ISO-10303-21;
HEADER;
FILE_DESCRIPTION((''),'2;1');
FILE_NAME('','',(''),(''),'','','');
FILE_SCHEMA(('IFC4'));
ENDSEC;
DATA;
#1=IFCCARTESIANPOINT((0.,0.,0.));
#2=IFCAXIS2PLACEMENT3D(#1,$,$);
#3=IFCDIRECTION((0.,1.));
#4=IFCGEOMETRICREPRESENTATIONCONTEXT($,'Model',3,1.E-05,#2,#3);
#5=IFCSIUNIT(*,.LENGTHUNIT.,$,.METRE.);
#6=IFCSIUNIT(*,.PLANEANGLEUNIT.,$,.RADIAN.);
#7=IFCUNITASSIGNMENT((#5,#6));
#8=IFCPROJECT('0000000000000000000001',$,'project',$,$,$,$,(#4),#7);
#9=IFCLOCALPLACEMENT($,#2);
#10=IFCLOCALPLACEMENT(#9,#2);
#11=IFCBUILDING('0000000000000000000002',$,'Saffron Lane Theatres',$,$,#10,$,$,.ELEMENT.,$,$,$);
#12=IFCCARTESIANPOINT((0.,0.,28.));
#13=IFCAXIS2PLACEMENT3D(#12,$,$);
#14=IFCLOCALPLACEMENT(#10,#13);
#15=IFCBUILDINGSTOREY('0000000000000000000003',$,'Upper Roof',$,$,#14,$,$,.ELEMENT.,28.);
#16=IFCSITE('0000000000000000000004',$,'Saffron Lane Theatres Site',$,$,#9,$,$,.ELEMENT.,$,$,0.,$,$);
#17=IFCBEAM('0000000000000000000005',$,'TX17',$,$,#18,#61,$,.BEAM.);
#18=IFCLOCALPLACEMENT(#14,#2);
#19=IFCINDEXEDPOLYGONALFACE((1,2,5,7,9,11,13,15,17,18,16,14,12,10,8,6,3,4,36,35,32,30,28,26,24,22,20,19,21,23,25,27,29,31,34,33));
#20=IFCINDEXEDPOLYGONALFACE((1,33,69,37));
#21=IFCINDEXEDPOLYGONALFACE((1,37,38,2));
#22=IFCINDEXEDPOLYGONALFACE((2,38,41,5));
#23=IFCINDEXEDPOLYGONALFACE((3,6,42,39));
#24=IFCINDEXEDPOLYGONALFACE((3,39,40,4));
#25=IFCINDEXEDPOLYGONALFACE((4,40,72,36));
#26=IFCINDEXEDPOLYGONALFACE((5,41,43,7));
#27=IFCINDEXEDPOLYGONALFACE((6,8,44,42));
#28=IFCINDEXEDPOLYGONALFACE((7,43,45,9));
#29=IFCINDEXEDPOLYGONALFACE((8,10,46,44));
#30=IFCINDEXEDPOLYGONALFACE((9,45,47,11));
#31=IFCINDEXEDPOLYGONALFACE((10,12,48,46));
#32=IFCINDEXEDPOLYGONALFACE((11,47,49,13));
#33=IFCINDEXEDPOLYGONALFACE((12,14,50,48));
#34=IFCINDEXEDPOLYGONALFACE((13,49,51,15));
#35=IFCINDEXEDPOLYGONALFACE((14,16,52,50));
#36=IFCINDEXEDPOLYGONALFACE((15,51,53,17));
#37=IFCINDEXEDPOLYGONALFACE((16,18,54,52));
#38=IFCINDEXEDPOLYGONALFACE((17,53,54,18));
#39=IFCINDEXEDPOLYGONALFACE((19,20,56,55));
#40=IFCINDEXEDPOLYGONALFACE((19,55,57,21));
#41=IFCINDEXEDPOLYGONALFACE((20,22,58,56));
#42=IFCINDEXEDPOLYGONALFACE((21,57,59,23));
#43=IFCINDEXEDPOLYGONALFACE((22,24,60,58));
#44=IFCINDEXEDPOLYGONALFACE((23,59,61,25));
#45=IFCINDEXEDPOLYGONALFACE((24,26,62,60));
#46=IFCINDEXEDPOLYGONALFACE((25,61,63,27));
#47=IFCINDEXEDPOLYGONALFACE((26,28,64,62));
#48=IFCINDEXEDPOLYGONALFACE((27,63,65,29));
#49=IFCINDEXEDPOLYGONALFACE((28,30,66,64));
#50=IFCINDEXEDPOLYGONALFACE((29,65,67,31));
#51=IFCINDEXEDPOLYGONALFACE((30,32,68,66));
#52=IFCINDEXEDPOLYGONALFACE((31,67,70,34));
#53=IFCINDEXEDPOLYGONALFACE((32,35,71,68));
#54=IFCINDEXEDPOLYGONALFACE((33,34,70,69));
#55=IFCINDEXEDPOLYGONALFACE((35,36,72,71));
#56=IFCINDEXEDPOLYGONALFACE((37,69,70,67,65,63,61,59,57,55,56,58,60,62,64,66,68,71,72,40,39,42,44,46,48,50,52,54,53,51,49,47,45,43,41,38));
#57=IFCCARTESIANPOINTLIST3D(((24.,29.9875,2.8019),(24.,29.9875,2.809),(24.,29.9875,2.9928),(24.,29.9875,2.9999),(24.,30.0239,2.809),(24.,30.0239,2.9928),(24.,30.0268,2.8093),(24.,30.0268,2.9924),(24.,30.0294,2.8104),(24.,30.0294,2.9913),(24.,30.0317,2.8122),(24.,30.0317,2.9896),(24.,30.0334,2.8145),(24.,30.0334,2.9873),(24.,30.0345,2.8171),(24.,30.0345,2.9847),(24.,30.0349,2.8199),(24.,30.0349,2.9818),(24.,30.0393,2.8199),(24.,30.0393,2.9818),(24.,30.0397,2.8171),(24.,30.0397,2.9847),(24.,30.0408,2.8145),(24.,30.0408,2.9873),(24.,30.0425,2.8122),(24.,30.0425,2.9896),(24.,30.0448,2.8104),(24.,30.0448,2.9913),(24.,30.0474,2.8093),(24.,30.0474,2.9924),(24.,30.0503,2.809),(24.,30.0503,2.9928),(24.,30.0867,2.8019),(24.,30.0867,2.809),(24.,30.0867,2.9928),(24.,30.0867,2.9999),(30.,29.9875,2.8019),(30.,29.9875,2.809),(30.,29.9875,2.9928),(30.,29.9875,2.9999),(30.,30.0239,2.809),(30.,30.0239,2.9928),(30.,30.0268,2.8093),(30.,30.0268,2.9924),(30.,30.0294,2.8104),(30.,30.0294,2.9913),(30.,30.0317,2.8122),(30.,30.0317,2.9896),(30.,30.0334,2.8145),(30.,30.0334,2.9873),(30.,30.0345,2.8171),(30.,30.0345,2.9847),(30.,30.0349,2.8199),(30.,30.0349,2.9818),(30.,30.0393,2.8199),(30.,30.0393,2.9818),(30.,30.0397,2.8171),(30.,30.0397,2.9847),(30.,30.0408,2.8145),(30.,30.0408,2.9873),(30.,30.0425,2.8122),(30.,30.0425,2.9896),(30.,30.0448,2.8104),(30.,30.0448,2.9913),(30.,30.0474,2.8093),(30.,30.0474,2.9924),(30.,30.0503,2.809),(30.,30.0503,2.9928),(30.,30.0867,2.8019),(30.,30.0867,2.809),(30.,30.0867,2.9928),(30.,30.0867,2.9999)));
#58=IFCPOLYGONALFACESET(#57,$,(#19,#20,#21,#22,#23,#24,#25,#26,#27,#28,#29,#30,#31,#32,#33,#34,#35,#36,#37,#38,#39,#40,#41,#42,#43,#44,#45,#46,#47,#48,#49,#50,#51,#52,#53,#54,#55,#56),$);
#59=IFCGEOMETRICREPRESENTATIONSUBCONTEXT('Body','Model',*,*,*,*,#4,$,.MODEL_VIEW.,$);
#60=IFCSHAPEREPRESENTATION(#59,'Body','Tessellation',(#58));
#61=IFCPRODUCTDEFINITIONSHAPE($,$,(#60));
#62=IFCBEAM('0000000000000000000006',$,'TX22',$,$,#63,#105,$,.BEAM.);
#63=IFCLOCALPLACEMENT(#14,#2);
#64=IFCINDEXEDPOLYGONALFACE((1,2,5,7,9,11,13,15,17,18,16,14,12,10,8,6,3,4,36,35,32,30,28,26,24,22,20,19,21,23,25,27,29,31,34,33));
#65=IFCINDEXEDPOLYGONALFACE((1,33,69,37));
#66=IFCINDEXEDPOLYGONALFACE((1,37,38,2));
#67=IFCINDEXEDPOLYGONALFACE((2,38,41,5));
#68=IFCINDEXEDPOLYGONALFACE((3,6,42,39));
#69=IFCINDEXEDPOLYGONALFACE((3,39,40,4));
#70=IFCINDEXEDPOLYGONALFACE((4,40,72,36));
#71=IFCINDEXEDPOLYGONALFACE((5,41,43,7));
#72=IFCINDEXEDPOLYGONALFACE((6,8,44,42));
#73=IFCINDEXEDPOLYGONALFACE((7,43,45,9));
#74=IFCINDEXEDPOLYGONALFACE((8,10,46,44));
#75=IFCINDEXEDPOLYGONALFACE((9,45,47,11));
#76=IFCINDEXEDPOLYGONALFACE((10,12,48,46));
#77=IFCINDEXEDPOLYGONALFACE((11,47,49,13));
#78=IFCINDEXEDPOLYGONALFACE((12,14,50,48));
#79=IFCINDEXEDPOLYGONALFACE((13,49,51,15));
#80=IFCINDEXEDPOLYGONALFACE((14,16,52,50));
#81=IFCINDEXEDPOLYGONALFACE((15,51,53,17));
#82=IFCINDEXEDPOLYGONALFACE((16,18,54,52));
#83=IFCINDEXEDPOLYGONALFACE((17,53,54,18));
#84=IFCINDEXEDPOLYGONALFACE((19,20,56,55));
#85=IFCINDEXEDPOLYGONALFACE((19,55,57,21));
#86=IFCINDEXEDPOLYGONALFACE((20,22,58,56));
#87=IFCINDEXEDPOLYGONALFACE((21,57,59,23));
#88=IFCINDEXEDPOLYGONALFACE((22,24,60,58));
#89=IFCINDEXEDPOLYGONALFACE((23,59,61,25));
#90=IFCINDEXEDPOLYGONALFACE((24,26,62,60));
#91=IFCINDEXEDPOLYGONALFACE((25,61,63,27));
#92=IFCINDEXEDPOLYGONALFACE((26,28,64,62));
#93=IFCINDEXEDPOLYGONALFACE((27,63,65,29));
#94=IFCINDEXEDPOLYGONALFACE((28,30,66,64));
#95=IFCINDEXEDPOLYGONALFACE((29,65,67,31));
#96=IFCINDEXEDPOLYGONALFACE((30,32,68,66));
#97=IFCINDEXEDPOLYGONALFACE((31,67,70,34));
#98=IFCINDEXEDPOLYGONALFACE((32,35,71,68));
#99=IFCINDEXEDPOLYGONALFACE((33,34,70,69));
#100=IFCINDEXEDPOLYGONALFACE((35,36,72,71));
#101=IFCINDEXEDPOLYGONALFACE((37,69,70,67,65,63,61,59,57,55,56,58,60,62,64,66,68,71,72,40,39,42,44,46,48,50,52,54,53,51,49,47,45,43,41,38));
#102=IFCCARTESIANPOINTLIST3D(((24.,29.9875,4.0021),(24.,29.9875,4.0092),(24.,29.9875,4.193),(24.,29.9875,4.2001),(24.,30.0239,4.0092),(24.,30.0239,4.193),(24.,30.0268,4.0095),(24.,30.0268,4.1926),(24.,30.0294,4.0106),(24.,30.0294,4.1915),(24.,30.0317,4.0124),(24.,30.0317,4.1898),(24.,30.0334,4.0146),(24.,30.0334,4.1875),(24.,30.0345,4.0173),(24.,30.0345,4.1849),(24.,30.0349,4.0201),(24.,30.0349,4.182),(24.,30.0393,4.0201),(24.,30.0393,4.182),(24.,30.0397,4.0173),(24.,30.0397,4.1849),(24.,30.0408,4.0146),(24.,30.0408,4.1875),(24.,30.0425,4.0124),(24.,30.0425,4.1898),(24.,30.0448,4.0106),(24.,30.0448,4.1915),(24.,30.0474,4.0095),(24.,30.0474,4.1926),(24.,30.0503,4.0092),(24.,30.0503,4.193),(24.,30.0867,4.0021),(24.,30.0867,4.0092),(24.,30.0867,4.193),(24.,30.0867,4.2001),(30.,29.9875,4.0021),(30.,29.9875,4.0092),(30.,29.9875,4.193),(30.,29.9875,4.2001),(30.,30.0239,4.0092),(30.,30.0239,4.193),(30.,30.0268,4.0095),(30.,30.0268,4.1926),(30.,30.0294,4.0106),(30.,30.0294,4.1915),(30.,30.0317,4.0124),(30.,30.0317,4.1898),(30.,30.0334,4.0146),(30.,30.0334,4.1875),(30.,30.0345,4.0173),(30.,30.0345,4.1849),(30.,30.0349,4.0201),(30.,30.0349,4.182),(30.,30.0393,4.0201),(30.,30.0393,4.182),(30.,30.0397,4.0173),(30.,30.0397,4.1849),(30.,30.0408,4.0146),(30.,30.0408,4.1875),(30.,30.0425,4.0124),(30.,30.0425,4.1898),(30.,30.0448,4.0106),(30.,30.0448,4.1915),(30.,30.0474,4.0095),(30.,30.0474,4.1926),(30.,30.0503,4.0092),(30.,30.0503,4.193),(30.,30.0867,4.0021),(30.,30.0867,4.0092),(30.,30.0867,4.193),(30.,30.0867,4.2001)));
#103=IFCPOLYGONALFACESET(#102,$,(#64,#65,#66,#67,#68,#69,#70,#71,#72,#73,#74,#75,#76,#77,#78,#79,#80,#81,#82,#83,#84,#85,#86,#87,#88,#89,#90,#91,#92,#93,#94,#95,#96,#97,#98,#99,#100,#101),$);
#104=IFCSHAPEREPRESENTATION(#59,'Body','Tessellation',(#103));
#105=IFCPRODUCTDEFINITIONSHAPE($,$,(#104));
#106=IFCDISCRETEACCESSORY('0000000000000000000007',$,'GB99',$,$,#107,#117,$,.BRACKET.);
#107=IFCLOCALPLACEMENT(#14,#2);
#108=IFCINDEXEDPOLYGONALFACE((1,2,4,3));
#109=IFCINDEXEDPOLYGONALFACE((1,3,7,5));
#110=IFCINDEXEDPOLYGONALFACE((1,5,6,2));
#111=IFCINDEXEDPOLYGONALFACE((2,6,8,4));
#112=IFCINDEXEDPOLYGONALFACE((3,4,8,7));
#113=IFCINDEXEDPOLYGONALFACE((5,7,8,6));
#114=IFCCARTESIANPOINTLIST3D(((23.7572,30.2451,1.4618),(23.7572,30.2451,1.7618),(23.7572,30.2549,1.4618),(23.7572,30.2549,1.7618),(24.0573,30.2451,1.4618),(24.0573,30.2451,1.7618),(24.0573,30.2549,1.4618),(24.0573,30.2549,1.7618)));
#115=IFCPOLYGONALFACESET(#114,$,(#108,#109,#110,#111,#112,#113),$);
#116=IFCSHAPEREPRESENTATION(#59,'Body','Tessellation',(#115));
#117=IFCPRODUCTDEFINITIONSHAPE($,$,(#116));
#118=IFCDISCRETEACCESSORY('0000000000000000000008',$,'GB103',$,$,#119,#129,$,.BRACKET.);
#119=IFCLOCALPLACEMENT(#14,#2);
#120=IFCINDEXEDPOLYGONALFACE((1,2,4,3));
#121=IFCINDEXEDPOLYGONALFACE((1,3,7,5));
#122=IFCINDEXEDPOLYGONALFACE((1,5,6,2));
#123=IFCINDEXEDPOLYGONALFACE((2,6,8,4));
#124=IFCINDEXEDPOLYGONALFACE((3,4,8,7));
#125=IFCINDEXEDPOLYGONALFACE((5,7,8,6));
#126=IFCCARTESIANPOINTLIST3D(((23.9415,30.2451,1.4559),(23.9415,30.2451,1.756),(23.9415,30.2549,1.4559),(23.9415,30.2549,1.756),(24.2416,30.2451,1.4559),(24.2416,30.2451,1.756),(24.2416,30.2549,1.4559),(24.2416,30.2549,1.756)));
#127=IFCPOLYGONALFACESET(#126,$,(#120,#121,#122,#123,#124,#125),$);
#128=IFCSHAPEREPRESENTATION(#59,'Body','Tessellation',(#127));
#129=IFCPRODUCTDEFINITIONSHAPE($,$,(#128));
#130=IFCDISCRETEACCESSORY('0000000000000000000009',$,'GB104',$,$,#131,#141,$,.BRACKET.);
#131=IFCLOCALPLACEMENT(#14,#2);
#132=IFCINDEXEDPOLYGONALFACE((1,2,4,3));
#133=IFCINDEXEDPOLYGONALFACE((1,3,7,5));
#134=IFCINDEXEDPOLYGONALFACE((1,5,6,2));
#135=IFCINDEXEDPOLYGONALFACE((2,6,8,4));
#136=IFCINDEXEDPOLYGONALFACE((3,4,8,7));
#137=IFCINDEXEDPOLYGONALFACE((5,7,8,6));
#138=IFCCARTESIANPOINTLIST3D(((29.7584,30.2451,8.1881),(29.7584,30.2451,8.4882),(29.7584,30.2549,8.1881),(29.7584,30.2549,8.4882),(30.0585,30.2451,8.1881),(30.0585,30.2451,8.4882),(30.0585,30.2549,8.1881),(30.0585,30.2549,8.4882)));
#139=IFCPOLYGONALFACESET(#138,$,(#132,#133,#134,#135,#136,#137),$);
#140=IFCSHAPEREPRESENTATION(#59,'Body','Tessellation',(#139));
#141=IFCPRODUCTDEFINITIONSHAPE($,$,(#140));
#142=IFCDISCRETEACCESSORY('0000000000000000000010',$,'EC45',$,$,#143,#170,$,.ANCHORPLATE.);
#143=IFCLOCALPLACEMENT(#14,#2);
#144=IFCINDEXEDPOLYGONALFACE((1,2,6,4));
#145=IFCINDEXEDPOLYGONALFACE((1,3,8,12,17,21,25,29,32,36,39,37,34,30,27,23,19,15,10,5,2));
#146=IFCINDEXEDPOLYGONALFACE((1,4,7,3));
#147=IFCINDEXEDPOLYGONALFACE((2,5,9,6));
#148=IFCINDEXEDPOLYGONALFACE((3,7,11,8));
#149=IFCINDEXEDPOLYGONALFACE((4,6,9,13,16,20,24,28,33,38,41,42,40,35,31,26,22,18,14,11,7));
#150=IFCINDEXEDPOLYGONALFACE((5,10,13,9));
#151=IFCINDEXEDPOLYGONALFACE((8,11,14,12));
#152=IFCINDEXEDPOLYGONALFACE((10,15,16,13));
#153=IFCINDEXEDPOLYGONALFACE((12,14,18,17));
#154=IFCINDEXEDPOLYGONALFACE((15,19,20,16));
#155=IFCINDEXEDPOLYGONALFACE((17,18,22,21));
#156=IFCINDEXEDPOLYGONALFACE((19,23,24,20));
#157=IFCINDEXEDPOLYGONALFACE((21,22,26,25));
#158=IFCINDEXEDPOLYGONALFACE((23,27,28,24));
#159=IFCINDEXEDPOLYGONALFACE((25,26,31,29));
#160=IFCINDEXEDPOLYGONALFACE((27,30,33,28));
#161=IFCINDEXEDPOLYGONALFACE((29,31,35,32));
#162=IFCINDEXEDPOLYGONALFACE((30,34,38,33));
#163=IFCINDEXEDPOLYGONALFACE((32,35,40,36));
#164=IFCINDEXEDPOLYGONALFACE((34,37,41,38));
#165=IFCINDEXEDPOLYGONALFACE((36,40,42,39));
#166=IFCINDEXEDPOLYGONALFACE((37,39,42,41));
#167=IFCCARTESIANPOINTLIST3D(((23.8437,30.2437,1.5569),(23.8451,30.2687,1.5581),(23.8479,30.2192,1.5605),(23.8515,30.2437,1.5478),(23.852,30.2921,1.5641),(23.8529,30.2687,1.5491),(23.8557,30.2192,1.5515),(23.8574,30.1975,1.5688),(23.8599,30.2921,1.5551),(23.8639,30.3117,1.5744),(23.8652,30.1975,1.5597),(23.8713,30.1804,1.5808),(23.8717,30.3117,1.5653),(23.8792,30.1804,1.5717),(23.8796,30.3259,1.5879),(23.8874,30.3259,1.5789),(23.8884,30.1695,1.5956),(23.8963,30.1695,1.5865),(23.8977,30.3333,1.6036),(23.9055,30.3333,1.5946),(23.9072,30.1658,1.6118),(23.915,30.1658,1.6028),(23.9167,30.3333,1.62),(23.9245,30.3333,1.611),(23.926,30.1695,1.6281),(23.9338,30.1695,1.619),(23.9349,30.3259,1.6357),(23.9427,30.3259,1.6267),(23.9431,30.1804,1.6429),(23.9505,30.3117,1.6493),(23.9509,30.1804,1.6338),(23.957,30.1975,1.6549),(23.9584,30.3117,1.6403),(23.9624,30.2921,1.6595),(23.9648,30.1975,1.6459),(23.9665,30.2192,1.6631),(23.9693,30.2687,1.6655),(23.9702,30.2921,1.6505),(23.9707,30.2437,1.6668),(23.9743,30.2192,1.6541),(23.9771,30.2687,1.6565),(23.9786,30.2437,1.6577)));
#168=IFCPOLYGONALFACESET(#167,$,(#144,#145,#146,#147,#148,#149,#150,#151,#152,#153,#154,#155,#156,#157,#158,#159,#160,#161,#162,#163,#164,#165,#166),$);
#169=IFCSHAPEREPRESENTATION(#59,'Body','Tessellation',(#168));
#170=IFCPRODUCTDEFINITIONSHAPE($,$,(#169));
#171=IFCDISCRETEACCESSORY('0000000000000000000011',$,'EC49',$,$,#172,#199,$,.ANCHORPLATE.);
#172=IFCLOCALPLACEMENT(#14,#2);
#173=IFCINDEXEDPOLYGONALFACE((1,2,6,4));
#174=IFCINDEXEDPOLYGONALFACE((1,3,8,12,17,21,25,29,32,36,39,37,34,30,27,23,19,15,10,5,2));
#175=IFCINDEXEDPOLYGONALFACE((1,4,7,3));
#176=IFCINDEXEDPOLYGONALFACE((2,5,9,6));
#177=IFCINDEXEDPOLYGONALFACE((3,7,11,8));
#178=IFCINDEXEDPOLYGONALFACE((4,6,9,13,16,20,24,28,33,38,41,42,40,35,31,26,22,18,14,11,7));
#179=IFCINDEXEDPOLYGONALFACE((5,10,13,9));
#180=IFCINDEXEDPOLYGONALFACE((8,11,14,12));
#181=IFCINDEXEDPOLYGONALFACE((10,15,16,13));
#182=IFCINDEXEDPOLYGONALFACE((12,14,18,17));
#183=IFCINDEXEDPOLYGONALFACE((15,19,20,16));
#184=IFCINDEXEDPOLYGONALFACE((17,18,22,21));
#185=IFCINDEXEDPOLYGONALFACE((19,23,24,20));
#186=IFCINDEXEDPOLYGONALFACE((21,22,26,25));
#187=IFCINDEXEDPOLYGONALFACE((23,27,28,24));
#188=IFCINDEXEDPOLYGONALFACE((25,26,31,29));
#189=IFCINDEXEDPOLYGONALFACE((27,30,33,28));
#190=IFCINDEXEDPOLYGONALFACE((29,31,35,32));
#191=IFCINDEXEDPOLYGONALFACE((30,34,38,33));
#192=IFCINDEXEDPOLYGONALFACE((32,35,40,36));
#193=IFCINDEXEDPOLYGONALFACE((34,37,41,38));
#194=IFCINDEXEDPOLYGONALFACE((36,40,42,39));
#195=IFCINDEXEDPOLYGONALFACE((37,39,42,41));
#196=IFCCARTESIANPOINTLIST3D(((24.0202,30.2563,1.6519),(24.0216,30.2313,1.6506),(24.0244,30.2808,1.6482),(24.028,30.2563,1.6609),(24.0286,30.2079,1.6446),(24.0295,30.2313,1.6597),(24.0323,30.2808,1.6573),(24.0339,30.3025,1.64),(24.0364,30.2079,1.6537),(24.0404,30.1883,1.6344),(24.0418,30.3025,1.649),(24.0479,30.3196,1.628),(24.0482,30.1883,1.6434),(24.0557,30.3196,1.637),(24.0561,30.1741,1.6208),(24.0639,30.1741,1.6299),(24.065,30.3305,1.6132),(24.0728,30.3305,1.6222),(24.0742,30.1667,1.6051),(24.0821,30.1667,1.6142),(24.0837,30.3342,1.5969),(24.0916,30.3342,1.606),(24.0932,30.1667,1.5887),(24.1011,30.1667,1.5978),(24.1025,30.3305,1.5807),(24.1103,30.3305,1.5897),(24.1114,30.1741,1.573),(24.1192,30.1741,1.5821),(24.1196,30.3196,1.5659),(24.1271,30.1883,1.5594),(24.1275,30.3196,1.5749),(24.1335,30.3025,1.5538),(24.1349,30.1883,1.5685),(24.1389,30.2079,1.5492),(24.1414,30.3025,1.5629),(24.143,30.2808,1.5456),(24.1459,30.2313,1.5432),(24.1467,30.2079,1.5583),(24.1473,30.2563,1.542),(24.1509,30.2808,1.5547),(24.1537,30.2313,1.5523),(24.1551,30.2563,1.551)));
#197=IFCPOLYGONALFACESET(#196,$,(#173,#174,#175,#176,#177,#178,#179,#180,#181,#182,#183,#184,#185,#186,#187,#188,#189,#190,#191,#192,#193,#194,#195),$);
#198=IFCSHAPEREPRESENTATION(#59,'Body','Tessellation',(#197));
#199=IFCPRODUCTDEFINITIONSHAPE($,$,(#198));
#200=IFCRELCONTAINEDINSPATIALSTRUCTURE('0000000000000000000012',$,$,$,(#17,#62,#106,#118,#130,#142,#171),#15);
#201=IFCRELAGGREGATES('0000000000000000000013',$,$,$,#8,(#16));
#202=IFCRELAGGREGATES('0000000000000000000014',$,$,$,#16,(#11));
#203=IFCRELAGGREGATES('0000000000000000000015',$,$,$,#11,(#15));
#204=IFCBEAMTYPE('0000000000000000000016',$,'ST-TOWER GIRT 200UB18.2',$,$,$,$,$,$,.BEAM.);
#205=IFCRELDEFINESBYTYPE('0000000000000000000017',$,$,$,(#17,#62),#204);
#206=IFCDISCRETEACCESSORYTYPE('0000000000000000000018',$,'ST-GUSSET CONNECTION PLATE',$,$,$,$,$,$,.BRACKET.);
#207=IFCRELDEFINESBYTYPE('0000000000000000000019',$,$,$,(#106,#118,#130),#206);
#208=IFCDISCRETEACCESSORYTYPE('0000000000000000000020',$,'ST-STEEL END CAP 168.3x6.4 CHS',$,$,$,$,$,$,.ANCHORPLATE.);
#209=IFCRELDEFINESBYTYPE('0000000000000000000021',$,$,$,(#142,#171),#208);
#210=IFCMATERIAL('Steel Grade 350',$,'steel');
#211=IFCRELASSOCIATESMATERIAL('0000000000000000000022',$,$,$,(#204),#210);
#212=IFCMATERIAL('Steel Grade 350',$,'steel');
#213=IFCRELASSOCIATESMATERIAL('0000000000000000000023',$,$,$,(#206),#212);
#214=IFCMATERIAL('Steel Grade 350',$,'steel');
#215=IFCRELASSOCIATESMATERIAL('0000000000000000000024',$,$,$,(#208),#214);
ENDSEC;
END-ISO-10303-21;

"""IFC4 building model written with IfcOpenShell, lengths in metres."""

from ifc_helpers import new_model, si_unit, direction, frame, origin, origin_2d, place, context, subcontext, project, spatial, rectangle, circle, i_section, extrude, material, material_profile, profile_set, type_object, element, save


model = new_model("IFC4")

# Units and contexts
model_context = context("Model", 3, precision=1e-05, world=origin(), true_north=direction((0.0, 1.0)))
body_context = subcontext(model_context, "Body", "Model", "MODEL_VIEW")
ifc_project = project(units=[si_unit("LENGTHUNIT", "METRE"), si_unit("PLANEANGLEUNIT", "RADIAN")], contexts=[model_context])

# Site, building, storey
site_placement = place(None, origin())
site = spatial("IfcSite", under=ifc_project, at=site_placement, Name="Saffron Lane Theatres Site", CompositionType="ELEMENT", RefElevation=0.0)
building_placement = place(site_placement, origin())
building = spatial("IfcBuilding", under=site, at=building_placement, Name="Saffron Lane Theatres", CompositionType="ELEMENT")
storey_placement = place(building_placement, frame((0.0, 0.0, 28.0)))
storey = spatial("IfcBuildingStorey", under=building, at=storey_placement, Name="Upper Roof", CompositionType="ELEMENT", Elevation=28.0)

# Beams
ifc_material_1 = material(Name="Steel Grade 350", Category="steel")
ifc_material_profile_1 = material_profile(ifc_material_1, i_section(OverallWidth=0.0991, OverallDepth=0.198, WebThickness=0.0044, FlangeThickness=0.0071, FilletRadius=0.011, at=origin_2d()))
ifc_profile_set_1 = profile_set([ifc_material_profile_1], Name="Steel Grade 350")
beam_type_1 = type_object("IfcBeamType", Name="ST-TOWER GIRT 200UB18.2", PredefinedType="BEAM", material=ifc_profile_set_1)
for number, where, z_axis, x_axis, name in (
    (1, (24.0, 30.0371, 2.9009), (1.0, 0.0, 0.0), (0.0, 1.0, 0.0), "TX17"),
    (2, (24.0, 30.0371, 4.1011), (1.0, 0.0, 0.0), (0.0, 1.0, 0.0), "TX22"),
):
    element("IfcBeam", number, at=place(storey_placement, frame(where, z_axis=z_axis, x_axis=x_axis)), inside=storey, type_object=beam_type_1, Name=name, PredefinedType="BEAM", context=body_context, shape_type="SweptSolid", body=[
        extrude(i_section(OverallWidth=0.0991, OverallDepth=0.198, WebThickness=0.0044, FlangeThickness=0.0071, FilletRadius=0.011, at=origin_2d()), origin(), (0.0, 0.0, 1.0), 6.0),
    ])

# Discrete accessories
ifc_material_2 = material(Name="Steel Grade 350", Category="steel")
ifc_material_profile_2 = material_profile(ifc_material_2, rectangle(XDim=0.3, YDim=0.3, at=origin_2d()))
ifc_profile_set_2 = profile_set([ifc_material_profile_2], Name="Steel Grade 350")
discrete_accessory_type_1 = type_object("IfcDiscreteAccessoryType", Name="ST-GUSSET CONNECTION PLATE", PredefinedType="BRACKET", material=ifc_profile_set_2)
for number, where, z_axis, x_axis, name in (
    (3, (23.9072, 30.2451, 1.6118), (0.0, 1.0, 0.0), (-1.0, 0.0, 0.0), "GB99"),
    (4, (24.0916, 30.2451, 1.606), (0.0, 1.0, 0.0), (-1.0, 0.0, 0.0), "GB103"),
    (5, (29.9084, 30.2451, 8.3381), (0.0, 1.0, 0.0), (-1.0, 0.0, 0.0), "GB104"),
):
    element("IfcDiscreteAccessory", number, at=place(storey_placement, frame(where, z_axis=z_axis, x_axis=x_axis)), inside=storey, type_object=discrete_accessory_type_1, Name=name, PredefinedType="BRACKET", context=body_context, shape_type="SweptSolid", body=[
        extrude(rectangle(XDim=0.3, YDim=0.3, at=origin_2d()), origin(), (0.0, 0.0, 1.0), 0.0098),
    ])
ifc_material_3 = material(Name="Steel Grade 350", Category="steel")
ifc_material_profile_3 = material_profile(ifc_material_3, circle(Radius=0.0842, at=origin_2d()))
ifc_profile_set_3 = profile_set([ifc_material_profile_3], Name="Steel Grade 350")
discrete_accessory_type_2 = type_object("IfcDiscreteAccessoryType", Name="ST-STEEL END CAP 168.3x6.4 CHS", PredefinedType="ANCHORPLATE", material=ifc_profile_set_3)
for number, where, z_axis, x_axis, name in (
    (6, (23.915, 30.25, 1.6028), (-0.654152, 0.0, 0.756363), (0.0, -1.0, 0.0), "EC45"),
    (7, (24.0837, 30.25, 1.5969), (0.654152, 0.0, 0.756363), (0.0, 1.0, 0.0), "EC49"),
):
    element("IfcDiscreteAccessory", number, at=place(storey_placement, frame(where, z_axis=z_axis, x_axis=x_axis)), inside=storey, type_object=discrete_accessory_type_2, Name=name, PredefinedType="ANCHORPLATE", context=body_context, shape_type="SweptSolid", body=[
        extrude(circle(Radius=0.0842, at=origin_2d()), origin(), (0.0, 0.0, 1.0), 0.012),
    ])

save(model, "model.ifc")
